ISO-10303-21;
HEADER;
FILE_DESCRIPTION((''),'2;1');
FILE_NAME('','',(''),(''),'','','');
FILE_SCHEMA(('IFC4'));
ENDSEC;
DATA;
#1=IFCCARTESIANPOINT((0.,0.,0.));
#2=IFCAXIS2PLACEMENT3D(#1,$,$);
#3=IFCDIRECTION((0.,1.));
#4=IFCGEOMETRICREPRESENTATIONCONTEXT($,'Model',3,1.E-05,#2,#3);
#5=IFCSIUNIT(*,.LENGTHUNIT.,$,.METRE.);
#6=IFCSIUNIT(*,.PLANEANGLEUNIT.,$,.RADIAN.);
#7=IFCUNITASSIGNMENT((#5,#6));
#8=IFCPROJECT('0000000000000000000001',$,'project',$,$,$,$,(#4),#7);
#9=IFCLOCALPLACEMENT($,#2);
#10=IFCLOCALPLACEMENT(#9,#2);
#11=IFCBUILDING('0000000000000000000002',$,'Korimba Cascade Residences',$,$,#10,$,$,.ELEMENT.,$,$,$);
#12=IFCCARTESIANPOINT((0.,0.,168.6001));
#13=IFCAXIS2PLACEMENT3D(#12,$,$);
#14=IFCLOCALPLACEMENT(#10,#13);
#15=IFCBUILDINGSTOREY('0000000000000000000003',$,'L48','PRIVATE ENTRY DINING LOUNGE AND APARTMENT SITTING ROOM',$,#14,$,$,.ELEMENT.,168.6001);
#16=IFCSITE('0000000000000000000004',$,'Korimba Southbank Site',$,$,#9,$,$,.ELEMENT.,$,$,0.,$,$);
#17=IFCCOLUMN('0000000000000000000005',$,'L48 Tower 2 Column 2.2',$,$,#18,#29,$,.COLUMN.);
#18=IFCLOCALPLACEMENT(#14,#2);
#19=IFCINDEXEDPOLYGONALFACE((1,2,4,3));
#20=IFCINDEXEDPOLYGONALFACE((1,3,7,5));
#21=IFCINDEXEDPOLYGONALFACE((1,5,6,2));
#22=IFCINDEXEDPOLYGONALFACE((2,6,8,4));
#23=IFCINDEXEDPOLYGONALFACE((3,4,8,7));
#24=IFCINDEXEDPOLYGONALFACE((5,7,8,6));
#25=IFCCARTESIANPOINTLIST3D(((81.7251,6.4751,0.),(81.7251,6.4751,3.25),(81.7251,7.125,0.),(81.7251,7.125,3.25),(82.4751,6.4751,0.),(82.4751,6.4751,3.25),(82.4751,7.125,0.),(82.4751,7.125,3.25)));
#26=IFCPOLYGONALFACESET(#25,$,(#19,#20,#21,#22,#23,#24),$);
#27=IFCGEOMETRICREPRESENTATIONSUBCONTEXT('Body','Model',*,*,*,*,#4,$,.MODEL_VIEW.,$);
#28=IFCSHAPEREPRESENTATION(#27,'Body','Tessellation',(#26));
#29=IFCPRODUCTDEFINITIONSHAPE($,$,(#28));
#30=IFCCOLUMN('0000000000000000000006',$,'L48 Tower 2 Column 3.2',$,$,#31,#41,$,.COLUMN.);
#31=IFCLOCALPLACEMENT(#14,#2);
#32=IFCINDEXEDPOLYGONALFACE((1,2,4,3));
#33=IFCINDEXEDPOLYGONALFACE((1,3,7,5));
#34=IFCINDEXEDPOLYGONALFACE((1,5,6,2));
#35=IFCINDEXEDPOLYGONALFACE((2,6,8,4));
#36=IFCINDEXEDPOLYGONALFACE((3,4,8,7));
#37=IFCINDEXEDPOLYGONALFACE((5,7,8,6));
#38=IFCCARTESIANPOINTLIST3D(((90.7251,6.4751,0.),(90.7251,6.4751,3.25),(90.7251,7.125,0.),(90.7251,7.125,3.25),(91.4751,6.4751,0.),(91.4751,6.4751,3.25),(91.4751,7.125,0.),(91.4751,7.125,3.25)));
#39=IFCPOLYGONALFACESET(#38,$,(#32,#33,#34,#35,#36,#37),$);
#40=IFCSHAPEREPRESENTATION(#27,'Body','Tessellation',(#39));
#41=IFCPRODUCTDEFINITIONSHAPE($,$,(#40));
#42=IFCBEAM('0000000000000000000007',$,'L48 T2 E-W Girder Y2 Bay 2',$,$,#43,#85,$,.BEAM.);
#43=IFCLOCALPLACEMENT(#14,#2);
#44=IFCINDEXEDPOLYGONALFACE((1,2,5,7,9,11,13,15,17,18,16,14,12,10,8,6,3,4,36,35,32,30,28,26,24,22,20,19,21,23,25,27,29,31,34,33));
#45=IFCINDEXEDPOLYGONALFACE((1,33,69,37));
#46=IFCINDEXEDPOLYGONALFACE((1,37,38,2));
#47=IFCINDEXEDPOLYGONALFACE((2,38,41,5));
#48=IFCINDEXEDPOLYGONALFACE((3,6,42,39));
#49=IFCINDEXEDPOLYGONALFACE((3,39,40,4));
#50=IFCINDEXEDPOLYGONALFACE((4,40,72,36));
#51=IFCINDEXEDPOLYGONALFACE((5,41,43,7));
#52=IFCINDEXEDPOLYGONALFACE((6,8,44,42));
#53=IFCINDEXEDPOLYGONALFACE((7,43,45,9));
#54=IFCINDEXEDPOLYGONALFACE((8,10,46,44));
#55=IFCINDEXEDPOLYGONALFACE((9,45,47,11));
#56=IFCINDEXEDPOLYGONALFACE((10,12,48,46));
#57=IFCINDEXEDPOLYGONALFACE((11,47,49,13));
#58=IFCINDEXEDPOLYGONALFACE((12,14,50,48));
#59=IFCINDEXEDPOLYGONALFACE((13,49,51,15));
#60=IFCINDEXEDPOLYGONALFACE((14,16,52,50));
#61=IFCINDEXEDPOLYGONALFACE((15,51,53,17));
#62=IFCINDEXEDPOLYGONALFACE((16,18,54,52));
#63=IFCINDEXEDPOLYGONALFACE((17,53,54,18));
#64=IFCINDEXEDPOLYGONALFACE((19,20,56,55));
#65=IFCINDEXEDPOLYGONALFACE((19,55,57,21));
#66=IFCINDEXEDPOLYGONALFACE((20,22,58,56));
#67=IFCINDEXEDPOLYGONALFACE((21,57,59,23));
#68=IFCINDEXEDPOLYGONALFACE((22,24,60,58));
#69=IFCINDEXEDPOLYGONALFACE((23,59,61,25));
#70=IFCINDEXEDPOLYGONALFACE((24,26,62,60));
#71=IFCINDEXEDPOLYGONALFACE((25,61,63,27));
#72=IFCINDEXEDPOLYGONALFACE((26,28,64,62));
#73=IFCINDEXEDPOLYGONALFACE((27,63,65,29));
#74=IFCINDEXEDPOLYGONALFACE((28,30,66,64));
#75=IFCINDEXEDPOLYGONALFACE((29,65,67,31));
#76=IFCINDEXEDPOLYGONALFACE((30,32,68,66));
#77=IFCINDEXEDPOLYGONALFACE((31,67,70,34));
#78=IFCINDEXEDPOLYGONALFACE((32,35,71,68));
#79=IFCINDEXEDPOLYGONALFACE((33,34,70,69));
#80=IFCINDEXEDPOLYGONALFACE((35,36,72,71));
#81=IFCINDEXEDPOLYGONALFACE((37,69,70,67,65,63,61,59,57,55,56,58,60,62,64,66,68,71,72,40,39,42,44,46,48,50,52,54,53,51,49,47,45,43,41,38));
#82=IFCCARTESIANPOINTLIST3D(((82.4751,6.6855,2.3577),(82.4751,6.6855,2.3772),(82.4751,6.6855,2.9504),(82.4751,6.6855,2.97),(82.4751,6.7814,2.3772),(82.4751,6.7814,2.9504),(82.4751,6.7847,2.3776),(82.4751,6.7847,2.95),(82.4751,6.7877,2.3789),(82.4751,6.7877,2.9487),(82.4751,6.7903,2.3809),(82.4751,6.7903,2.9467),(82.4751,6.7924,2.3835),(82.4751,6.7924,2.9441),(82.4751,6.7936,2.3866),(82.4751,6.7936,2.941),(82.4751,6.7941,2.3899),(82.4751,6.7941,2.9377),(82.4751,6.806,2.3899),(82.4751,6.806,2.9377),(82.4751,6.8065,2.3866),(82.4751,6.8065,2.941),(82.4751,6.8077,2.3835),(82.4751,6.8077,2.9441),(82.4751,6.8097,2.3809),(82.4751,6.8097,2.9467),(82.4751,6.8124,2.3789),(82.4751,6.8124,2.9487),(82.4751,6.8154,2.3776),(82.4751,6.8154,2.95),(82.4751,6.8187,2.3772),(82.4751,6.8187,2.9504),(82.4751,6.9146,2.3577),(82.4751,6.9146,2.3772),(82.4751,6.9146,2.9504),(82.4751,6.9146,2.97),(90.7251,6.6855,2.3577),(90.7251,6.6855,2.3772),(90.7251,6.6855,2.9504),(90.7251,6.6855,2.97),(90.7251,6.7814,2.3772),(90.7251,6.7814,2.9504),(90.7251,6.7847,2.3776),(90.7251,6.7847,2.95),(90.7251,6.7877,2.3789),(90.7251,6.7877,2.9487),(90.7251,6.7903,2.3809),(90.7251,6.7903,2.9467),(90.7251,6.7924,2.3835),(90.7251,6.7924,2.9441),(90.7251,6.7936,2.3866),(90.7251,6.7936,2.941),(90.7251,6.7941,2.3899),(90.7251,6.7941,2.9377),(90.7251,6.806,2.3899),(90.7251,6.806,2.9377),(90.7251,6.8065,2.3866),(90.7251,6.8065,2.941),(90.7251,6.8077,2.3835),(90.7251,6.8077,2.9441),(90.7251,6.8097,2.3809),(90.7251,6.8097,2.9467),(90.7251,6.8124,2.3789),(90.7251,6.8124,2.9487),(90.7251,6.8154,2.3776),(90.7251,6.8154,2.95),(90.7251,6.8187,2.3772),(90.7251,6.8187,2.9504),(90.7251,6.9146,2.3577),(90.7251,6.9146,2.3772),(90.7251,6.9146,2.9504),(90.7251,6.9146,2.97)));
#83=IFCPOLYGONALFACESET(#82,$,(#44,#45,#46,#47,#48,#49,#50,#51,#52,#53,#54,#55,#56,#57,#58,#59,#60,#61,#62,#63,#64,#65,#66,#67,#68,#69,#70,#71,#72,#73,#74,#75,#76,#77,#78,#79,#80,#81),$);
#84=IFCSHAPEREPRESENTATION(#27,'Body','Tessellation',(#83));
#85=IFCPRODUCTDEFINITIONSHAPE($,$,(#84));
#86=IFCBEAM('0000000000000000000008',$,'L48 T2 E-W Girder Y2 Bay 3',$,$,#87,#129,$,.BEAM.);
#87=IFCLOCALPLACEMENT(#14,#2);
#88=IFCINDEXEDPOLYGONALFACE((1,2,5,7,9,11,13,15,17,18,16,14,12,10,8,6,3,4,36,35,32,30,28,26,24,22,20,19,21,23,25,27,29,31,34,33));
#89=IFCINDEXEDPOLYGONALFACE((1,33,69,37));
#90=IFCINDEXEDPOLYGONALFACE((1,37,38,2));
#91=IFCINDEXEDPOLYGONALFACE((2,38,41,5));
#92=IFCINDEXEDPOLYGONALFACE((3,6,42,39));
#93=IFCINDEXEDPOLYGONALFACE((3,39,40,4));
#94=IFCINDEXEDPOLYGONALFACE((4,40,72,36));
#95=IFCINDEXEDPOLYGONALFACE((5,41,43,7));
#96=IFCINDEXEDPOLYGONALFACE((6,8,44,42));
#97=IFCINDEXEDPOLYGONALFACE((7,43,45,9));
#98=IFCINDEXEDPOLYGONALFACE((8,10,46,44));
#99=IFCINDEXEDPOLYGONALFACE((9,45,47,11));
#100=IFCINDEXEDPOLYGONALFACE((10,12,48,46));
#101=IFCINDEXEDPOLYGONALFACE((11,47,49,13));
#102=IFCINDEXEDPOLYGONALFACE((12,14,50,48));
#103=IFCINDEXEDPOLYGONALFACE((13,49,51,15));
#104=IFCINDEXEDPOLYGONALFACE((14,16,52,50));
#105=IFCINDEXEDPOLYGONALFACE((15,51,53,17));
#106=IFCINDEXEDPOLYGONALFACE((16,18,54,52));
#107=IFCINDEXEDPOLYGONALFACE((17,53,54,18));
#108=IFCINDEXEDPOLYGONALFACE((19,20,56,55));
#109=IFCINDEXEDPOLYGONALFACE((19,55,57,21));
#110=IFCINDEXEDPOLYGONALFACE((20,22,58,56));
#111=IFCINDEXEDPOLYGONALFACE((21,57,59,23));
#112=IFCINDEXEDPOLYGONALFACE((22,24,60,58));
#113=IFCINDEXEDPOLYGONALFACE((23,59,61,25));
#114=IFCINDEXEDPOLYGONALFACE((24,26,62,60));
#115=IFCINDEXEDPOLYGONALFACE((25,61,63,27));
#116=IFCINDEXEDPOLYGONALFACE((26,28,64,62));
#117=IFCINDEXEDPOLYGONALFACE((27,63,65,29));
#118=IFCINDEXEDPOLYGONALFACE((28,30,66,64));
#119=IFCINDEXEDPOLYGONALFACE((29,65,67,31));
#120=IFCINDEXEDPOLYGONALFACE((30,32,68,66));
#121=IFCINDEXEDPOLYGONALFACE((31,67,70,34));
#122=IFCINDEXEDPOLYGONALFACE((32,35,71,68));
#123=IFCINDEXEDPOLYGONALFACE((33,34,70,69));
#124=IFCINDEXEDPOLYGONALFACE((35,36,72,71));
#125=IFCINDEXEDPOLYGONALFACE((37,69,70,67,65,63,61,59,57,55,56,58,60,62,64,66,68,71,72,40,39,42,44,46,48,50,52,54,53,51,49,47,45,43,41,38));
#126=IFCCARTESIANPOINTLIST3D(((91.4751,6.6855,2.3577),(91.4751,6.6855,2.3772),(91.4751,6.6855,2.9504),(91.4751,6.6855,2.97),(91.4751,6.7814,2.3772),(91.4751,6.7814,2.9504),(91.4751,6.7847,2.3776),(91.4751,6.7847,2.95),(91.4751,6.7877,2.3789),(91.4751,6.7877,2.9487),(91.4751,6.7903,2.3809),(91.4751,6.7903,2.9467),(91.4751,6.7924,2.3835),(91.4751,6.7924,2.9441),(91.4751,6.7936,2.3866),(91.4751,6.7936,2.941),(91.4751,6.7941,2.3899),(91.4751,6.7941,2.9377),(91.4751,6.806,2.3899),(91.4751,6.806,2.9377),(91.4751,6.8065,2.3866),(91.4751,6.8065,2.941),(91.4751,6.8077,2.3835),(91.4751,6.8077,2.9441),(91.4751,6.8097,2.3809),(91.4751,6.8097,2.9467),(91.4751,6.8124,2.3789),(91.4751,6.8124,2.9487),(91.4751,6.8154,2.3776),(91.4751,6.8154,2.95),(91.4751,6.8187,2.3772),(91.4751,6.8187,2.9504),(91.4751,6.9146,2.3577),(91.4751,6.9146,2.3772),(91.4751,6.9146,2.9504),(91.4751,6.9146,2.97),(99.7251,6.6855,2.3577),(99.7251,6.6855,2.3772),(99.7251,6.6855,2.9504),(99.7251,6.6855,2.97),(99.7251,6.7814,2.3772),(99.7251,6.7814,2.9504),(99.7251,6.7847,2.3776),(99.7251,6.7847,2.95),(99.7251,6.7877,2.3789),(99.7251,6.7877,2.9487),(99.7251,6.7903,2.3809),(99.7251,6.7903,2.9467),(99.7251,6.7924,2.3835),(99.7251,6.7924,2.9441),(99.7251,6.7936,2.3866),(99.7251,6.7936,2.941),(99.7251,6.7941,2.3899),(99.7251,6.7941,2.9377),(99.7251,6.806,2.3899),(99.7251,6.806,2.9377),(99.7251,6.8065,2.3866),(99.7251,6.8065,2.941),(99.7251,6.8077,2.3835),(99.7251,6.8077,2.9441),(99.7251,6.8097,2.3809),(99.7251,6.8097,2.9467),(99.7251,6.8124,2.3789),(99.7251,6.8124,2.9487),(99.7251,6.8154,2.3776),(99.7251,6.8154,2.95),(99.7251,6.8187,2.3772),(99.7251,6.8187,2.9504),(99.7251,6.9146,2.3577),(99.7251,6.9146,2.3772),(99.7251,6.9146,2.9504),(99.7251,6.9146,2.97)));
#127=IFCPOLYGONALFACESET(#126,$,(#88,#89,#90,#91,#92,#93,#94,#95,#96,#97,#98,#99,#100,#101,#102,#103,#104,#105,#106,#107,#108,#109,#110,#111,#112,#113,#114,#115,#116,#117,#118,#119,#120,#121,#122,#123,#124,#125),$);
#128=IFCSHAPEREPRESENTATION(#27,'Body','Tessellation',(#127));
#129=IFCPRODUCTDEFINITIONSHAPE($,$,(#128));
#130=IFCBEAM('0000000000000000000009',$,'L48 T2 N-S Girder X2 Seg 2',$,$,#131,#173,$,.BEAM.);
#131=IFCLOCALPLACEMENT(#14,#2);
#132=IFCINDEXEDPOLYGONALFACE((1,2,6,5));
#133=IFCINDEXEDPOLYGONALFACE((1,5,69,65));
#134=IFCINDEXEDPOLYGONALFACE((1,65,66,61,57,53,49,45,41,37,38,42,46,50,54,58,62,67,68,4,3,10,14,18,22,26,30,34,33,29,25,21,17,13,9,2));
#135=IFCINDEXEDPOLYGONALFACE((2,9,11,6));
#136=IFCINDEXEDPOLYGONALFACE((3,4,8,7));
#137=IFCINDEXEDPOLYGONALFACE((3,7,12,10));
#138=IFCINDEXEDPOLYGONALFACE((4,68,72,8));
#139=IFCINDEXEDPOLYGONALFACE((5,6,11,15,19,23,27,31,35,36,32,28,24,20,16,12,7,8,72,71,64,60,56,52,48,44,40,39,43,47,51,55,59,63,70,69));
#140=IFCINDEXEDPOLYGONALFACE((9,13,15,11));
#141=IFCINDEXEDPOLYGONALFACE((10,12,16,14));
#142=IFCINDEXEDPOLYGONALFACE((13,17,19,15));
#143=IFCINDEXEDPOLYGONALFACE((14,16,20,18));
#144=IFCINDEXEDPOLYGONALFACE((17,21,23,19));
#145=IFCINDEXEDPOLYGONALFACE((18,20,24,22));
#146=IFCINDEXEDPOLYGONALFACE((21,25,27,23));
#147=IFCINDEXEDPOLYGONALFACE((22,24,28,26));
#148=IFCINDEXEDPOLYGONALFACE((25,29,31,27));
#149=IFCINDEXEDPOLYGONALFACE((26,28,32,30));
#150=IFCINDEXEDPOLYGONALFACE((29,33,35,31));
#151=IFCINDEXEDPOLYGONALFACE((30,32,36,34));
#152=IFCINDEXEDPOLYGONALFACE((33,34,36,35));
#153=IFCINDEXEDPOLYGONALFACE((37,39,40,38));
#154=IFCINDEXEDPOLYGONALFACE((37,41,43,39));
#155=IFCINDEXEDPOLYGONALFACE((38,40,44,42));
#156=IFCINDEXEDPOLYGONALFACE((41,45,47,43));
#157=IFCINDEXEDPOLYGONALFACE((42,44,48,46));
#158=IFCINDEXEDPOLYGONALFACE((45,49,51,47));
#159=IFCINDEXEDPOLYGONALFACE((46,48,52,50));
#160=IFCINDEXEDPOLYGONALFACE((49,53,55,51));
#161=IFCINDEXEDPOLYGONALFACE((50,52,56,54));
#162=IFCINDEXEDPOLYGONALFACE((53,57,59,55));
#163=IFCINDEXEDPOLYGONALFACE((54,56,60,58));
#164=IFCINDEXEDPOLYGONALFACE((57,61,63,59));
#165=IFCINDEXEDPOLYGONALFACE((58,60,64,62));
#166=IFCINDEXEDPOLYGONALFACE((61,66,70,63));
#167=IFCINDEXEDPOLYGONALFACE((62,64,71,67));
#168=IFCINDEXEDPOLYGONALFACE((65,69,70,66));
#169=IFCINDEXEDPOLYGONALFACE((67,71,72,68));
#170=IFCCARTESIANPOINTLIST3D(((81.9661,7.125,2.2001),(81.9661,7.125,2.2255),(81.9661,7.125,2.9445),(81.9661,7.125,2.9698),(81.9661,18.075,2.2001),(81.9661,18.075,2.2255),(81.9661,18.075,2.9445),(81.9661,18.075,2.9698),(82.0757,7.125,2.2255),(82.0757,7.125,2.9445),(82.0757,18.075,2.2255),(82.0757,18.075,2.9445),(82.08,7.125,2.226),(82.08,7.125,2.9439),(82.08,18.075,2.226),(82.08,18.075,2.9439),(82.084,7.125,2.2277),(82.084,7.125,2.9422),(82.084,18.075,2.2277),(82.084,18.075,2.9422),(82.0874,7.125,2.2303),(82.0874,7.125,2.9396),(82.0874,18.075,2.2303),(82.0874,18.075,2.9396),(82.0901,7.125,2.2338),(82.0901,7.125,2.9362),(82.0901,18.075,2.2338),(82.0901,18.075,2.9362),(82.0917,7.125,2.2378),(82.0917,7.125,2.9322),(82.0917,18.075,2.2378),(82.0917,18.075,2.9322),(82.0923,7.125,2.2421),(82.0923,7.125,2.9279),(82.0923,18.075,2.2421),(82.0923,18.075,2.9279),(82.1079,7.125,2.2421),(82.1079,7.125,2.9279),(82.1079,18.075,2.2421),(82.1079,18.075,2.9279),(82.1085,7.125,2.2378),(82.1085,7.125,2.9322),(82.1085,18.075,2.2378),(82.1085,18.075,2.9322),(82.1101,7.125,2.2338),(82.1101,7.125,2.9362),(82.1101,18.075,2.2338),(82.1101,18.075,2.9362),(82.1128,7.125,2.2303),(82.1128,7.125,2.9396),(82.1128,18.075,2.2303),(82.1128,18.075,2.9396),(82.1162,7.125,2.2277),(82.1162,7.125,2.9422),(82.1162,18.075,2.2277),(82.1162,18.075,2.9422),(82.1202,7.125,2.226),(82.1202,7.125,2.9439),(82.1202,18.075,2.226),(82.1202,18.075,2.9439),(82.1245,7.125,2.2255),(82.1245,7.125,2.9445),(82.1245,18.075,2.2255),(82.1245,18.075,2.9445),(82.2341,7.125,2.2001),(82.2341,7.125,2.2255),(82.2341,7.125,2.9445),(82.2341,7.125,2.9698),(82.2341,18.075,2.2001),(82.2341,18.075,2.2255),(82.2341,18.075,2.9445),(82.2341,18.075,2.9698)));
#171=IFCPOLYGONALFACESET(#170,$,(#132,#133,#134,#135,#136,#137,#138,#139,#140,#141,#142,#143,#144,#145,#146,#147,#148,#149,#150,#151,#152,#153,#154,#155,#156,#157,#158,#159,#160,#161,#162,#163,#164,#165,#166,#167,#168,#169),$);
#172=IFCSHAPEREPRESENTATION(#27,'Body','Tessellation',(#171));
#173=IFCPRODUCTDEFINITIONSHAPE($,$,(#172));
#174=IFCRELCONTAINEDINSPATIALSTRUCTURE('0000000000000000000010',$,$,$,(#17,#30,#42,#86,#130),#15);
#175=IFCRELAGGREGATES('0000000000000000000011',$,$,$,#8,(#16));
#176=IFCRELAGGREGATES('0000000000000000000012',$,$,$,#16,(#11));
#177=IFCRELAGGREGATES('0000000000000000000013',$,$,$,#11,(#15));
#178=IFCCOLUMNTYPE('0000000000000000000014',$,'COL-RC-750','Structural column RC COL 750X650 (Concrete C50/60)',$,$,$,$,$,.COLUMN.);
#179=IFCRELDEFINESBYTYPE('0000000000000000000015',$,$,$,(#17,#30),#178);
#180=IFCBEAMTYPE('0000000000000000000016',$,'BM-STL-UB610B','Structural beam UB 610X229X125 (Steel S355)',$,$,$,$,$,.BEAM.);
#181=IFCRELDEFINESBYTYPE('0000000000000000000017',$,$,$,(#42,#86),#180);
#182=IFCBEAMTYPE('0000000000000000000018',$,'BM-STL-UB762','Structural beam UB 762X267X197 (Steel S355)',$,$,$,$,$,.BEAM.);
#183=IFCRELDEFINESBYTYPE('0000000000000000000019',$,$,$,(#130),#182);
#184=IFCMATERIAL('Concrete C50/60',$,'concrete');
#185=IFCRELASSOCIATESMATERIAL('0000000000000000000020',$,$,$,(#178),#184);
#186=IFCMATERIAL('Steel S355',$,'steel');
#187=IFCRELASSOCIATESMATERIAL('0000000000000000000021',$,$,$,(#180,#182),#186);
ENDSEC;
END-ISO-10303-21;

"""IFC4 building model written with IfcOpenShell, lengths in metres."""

from ifc_helpers import new_model, si_unit, direction, frame, origin, origin_2d, place, context, subcontext, project, spatial, rectangle, i_section, extrude, material, material_profile, profile_set, type_object, element, save


model = new_model("IFC4")

# Units and contexts
model_context = context("Model", 3, precision=1e-05, world=origin(), true_north=direction((0.0, 1.0)))
body_context = subcontext(model_context, "Body", "Model", "MODEL_VIEW")
ifc_project = project(units=[si_unit("LENGTHUNIT", "METRE"), si_unit("PLANEANGLEUNIT", "RADIAN")], contexts=[model_context])

# Site, building, storey
site_placement = place(None, origin())
site = spatial("IfcSite", under=ifc_project, at=site_placement, Name="Korimba Southbank Site", CompositionType="ELEMENT", RefElevation=0.0)
building_placement = place(site_placement, origin())
building = spatial("IfcBuilding", under=site, at=building_placement, Name="Korimba Cascade Residences", CompositionType="ELEMENT")
storey_placement = place(building_placement, frame((0.0, 0.0, 168.6001)))
storey = spatial("IfcBuildingStorey", under=building, at=storey_placement, Name="L48", Description="PRIVATE ENTRY DINING LOUNGE AND APARTMENT SITTING ROOM", CompositionType="ELEMENT", Elevation=168.6001)

# Columns
ifc_material_1 = material(Name="Concrete C50/60", Category="concrete")
ifc_material_profile_1 = material_profile(ifc_material_1, rectangle(XDim=0.75, YDim=0.6499, at=origin_2d()), Name="Concrete C50/60")
ifc_profile_set_1 = profile_set([ifc_material_profile_1], Name="Concrete C50/60")
column_type = type_object("IfcColumnType", Name="COL-RC-750", Description="Structural column RC COL 750X650 (Concrete C50/60)", PredefinedType="COLUMN", material=ifc_profile_set_1)
for number, where, z_axis, x_axis, name in (
    (1, (82.1001, 6.8, 0.0), (0.0, 0.0, 1.0), (1.0, 0.0, 0.0), "L48 Tower 2 Column 2.2"),
    (2, (91.1001, 6.8, 0.0), (0.0, 0.0, 1.0), (1.0, 0.0, 0.0), "L48 Tower 2 Column 3.2"),
):
    element("IfcColumn", number, at=place(storey_placement, frame(where, z_axis=z_axis, x_axis=x_axis)), inside=storey, type_object=column_type, Name=name, PredefinedType="COLUMN", context=body_context, shape_type="SweptSolid", body=[
        extrude(rectangle(XDim=0.75, YDim=0.6499, at=origin_2d()), origin(), (0.0, 0.0, 1.0), 3.25),
    ])

# Beams
ifc_material_2 = material(Name="Steel S355", Category="steel")
ifc_material_profile_2 = material_profile(ifc_material_2, i_section(OverallWidth=0.229, OverallDepth=0.6123, WebThickness=0.012, FlangeThickness=0.0195, FilletRadius=0.0127, at=origin_2d()), Name="Steel S355")
ifc_profile_set_2 = profile_set([ifc_material_profile_2], Name="Steel S355")
beam_type_1 = type_object("IfcBeamType", Name="BM-STL-UB610B", Description="Structural beam UB 610X229X125 (Steel S355)", PredefinedType="BEAM", material=ifc_profile_set_2)
for number, where, z_axis, x_axis, name in (
    (3, (82.4751, 6.8, 2.6638), (1.0, 0.0, 0.0), (0.0, 1.0, 0.0), "L48 T2 E-W Girder Y2 Bay 2"),
    (4, (91.4751, 6.8, 2.6638), (1.0, 0.0, 0.0), (0.0, 1.0, 0.0), "L48 T2 E-W Girder Y2 Bay 3"),
):
    element("IfcBeam", number, at=place(storey_placement, frame(where, z_axis=z_axis, x_axis=x_axis)), inside=storey, type_object=beam_type_1, Name=name, PredefinedType="BEAM", context=body_context, shape_type="SweptSolid", body=[
        extrude(i_section(OverallWidth=0.229, OverallDepth=0.6123, WebThickness=0.012, FlangeThickness=0.0195, FilletRadius=0.0127, at=origin_2d()), origin(), (0.0, 0.0, 1.0), 8.25),
    ])
ifc_material_profile_3 = material_profile(ifc_material_2, i_section(OverallWidth=0.2681, OverallDepth=0.7698, WebThickness=0.0156, FlangeThickness=0.0254, FilletRadius=0.0166, at=origin_2d()), Name="Steel S355")
ifc_profile_set_3 = profile_set([ifc_material_profile_3], Name="Steel S355")
beam_type_2 = type_object("IfcBeamType", Name="BM-STL-UB762", Description="Structural beam UB 762X267X197 (Steel S355)", PredefinedType="BEAM", material=ifc_profile_set_3)
for number, where, z_axis, x_axis, name in (
    (5, (82.1001, 7.125, 2.585), (0.0, 1.0, 0.0), (-1.0, 0.0, 0.0), "L48 T2 N-S Girder X2 Seg 2"),
):
    element("IfcBeam", number, at=place(storey_placement, frame(where, z_axis=z_axis, x_axis=x_axis)), inside=storey, type_object=beam_type_2, Name=name, PredefinedType="BEAM", context=body_context, shape_type="SweptSolid", body=[
        extrude(i_section(OverallWidth=0.2681, OverallDepth=0.7698, WebThickness=0.0156, FlangeThickness=0.0254, FilletRadius=0.0166, at=origin_2d()), origin(), (0.0, 0.0, 1.0), 10.95),
    ])

save(model, "model.ifc")
